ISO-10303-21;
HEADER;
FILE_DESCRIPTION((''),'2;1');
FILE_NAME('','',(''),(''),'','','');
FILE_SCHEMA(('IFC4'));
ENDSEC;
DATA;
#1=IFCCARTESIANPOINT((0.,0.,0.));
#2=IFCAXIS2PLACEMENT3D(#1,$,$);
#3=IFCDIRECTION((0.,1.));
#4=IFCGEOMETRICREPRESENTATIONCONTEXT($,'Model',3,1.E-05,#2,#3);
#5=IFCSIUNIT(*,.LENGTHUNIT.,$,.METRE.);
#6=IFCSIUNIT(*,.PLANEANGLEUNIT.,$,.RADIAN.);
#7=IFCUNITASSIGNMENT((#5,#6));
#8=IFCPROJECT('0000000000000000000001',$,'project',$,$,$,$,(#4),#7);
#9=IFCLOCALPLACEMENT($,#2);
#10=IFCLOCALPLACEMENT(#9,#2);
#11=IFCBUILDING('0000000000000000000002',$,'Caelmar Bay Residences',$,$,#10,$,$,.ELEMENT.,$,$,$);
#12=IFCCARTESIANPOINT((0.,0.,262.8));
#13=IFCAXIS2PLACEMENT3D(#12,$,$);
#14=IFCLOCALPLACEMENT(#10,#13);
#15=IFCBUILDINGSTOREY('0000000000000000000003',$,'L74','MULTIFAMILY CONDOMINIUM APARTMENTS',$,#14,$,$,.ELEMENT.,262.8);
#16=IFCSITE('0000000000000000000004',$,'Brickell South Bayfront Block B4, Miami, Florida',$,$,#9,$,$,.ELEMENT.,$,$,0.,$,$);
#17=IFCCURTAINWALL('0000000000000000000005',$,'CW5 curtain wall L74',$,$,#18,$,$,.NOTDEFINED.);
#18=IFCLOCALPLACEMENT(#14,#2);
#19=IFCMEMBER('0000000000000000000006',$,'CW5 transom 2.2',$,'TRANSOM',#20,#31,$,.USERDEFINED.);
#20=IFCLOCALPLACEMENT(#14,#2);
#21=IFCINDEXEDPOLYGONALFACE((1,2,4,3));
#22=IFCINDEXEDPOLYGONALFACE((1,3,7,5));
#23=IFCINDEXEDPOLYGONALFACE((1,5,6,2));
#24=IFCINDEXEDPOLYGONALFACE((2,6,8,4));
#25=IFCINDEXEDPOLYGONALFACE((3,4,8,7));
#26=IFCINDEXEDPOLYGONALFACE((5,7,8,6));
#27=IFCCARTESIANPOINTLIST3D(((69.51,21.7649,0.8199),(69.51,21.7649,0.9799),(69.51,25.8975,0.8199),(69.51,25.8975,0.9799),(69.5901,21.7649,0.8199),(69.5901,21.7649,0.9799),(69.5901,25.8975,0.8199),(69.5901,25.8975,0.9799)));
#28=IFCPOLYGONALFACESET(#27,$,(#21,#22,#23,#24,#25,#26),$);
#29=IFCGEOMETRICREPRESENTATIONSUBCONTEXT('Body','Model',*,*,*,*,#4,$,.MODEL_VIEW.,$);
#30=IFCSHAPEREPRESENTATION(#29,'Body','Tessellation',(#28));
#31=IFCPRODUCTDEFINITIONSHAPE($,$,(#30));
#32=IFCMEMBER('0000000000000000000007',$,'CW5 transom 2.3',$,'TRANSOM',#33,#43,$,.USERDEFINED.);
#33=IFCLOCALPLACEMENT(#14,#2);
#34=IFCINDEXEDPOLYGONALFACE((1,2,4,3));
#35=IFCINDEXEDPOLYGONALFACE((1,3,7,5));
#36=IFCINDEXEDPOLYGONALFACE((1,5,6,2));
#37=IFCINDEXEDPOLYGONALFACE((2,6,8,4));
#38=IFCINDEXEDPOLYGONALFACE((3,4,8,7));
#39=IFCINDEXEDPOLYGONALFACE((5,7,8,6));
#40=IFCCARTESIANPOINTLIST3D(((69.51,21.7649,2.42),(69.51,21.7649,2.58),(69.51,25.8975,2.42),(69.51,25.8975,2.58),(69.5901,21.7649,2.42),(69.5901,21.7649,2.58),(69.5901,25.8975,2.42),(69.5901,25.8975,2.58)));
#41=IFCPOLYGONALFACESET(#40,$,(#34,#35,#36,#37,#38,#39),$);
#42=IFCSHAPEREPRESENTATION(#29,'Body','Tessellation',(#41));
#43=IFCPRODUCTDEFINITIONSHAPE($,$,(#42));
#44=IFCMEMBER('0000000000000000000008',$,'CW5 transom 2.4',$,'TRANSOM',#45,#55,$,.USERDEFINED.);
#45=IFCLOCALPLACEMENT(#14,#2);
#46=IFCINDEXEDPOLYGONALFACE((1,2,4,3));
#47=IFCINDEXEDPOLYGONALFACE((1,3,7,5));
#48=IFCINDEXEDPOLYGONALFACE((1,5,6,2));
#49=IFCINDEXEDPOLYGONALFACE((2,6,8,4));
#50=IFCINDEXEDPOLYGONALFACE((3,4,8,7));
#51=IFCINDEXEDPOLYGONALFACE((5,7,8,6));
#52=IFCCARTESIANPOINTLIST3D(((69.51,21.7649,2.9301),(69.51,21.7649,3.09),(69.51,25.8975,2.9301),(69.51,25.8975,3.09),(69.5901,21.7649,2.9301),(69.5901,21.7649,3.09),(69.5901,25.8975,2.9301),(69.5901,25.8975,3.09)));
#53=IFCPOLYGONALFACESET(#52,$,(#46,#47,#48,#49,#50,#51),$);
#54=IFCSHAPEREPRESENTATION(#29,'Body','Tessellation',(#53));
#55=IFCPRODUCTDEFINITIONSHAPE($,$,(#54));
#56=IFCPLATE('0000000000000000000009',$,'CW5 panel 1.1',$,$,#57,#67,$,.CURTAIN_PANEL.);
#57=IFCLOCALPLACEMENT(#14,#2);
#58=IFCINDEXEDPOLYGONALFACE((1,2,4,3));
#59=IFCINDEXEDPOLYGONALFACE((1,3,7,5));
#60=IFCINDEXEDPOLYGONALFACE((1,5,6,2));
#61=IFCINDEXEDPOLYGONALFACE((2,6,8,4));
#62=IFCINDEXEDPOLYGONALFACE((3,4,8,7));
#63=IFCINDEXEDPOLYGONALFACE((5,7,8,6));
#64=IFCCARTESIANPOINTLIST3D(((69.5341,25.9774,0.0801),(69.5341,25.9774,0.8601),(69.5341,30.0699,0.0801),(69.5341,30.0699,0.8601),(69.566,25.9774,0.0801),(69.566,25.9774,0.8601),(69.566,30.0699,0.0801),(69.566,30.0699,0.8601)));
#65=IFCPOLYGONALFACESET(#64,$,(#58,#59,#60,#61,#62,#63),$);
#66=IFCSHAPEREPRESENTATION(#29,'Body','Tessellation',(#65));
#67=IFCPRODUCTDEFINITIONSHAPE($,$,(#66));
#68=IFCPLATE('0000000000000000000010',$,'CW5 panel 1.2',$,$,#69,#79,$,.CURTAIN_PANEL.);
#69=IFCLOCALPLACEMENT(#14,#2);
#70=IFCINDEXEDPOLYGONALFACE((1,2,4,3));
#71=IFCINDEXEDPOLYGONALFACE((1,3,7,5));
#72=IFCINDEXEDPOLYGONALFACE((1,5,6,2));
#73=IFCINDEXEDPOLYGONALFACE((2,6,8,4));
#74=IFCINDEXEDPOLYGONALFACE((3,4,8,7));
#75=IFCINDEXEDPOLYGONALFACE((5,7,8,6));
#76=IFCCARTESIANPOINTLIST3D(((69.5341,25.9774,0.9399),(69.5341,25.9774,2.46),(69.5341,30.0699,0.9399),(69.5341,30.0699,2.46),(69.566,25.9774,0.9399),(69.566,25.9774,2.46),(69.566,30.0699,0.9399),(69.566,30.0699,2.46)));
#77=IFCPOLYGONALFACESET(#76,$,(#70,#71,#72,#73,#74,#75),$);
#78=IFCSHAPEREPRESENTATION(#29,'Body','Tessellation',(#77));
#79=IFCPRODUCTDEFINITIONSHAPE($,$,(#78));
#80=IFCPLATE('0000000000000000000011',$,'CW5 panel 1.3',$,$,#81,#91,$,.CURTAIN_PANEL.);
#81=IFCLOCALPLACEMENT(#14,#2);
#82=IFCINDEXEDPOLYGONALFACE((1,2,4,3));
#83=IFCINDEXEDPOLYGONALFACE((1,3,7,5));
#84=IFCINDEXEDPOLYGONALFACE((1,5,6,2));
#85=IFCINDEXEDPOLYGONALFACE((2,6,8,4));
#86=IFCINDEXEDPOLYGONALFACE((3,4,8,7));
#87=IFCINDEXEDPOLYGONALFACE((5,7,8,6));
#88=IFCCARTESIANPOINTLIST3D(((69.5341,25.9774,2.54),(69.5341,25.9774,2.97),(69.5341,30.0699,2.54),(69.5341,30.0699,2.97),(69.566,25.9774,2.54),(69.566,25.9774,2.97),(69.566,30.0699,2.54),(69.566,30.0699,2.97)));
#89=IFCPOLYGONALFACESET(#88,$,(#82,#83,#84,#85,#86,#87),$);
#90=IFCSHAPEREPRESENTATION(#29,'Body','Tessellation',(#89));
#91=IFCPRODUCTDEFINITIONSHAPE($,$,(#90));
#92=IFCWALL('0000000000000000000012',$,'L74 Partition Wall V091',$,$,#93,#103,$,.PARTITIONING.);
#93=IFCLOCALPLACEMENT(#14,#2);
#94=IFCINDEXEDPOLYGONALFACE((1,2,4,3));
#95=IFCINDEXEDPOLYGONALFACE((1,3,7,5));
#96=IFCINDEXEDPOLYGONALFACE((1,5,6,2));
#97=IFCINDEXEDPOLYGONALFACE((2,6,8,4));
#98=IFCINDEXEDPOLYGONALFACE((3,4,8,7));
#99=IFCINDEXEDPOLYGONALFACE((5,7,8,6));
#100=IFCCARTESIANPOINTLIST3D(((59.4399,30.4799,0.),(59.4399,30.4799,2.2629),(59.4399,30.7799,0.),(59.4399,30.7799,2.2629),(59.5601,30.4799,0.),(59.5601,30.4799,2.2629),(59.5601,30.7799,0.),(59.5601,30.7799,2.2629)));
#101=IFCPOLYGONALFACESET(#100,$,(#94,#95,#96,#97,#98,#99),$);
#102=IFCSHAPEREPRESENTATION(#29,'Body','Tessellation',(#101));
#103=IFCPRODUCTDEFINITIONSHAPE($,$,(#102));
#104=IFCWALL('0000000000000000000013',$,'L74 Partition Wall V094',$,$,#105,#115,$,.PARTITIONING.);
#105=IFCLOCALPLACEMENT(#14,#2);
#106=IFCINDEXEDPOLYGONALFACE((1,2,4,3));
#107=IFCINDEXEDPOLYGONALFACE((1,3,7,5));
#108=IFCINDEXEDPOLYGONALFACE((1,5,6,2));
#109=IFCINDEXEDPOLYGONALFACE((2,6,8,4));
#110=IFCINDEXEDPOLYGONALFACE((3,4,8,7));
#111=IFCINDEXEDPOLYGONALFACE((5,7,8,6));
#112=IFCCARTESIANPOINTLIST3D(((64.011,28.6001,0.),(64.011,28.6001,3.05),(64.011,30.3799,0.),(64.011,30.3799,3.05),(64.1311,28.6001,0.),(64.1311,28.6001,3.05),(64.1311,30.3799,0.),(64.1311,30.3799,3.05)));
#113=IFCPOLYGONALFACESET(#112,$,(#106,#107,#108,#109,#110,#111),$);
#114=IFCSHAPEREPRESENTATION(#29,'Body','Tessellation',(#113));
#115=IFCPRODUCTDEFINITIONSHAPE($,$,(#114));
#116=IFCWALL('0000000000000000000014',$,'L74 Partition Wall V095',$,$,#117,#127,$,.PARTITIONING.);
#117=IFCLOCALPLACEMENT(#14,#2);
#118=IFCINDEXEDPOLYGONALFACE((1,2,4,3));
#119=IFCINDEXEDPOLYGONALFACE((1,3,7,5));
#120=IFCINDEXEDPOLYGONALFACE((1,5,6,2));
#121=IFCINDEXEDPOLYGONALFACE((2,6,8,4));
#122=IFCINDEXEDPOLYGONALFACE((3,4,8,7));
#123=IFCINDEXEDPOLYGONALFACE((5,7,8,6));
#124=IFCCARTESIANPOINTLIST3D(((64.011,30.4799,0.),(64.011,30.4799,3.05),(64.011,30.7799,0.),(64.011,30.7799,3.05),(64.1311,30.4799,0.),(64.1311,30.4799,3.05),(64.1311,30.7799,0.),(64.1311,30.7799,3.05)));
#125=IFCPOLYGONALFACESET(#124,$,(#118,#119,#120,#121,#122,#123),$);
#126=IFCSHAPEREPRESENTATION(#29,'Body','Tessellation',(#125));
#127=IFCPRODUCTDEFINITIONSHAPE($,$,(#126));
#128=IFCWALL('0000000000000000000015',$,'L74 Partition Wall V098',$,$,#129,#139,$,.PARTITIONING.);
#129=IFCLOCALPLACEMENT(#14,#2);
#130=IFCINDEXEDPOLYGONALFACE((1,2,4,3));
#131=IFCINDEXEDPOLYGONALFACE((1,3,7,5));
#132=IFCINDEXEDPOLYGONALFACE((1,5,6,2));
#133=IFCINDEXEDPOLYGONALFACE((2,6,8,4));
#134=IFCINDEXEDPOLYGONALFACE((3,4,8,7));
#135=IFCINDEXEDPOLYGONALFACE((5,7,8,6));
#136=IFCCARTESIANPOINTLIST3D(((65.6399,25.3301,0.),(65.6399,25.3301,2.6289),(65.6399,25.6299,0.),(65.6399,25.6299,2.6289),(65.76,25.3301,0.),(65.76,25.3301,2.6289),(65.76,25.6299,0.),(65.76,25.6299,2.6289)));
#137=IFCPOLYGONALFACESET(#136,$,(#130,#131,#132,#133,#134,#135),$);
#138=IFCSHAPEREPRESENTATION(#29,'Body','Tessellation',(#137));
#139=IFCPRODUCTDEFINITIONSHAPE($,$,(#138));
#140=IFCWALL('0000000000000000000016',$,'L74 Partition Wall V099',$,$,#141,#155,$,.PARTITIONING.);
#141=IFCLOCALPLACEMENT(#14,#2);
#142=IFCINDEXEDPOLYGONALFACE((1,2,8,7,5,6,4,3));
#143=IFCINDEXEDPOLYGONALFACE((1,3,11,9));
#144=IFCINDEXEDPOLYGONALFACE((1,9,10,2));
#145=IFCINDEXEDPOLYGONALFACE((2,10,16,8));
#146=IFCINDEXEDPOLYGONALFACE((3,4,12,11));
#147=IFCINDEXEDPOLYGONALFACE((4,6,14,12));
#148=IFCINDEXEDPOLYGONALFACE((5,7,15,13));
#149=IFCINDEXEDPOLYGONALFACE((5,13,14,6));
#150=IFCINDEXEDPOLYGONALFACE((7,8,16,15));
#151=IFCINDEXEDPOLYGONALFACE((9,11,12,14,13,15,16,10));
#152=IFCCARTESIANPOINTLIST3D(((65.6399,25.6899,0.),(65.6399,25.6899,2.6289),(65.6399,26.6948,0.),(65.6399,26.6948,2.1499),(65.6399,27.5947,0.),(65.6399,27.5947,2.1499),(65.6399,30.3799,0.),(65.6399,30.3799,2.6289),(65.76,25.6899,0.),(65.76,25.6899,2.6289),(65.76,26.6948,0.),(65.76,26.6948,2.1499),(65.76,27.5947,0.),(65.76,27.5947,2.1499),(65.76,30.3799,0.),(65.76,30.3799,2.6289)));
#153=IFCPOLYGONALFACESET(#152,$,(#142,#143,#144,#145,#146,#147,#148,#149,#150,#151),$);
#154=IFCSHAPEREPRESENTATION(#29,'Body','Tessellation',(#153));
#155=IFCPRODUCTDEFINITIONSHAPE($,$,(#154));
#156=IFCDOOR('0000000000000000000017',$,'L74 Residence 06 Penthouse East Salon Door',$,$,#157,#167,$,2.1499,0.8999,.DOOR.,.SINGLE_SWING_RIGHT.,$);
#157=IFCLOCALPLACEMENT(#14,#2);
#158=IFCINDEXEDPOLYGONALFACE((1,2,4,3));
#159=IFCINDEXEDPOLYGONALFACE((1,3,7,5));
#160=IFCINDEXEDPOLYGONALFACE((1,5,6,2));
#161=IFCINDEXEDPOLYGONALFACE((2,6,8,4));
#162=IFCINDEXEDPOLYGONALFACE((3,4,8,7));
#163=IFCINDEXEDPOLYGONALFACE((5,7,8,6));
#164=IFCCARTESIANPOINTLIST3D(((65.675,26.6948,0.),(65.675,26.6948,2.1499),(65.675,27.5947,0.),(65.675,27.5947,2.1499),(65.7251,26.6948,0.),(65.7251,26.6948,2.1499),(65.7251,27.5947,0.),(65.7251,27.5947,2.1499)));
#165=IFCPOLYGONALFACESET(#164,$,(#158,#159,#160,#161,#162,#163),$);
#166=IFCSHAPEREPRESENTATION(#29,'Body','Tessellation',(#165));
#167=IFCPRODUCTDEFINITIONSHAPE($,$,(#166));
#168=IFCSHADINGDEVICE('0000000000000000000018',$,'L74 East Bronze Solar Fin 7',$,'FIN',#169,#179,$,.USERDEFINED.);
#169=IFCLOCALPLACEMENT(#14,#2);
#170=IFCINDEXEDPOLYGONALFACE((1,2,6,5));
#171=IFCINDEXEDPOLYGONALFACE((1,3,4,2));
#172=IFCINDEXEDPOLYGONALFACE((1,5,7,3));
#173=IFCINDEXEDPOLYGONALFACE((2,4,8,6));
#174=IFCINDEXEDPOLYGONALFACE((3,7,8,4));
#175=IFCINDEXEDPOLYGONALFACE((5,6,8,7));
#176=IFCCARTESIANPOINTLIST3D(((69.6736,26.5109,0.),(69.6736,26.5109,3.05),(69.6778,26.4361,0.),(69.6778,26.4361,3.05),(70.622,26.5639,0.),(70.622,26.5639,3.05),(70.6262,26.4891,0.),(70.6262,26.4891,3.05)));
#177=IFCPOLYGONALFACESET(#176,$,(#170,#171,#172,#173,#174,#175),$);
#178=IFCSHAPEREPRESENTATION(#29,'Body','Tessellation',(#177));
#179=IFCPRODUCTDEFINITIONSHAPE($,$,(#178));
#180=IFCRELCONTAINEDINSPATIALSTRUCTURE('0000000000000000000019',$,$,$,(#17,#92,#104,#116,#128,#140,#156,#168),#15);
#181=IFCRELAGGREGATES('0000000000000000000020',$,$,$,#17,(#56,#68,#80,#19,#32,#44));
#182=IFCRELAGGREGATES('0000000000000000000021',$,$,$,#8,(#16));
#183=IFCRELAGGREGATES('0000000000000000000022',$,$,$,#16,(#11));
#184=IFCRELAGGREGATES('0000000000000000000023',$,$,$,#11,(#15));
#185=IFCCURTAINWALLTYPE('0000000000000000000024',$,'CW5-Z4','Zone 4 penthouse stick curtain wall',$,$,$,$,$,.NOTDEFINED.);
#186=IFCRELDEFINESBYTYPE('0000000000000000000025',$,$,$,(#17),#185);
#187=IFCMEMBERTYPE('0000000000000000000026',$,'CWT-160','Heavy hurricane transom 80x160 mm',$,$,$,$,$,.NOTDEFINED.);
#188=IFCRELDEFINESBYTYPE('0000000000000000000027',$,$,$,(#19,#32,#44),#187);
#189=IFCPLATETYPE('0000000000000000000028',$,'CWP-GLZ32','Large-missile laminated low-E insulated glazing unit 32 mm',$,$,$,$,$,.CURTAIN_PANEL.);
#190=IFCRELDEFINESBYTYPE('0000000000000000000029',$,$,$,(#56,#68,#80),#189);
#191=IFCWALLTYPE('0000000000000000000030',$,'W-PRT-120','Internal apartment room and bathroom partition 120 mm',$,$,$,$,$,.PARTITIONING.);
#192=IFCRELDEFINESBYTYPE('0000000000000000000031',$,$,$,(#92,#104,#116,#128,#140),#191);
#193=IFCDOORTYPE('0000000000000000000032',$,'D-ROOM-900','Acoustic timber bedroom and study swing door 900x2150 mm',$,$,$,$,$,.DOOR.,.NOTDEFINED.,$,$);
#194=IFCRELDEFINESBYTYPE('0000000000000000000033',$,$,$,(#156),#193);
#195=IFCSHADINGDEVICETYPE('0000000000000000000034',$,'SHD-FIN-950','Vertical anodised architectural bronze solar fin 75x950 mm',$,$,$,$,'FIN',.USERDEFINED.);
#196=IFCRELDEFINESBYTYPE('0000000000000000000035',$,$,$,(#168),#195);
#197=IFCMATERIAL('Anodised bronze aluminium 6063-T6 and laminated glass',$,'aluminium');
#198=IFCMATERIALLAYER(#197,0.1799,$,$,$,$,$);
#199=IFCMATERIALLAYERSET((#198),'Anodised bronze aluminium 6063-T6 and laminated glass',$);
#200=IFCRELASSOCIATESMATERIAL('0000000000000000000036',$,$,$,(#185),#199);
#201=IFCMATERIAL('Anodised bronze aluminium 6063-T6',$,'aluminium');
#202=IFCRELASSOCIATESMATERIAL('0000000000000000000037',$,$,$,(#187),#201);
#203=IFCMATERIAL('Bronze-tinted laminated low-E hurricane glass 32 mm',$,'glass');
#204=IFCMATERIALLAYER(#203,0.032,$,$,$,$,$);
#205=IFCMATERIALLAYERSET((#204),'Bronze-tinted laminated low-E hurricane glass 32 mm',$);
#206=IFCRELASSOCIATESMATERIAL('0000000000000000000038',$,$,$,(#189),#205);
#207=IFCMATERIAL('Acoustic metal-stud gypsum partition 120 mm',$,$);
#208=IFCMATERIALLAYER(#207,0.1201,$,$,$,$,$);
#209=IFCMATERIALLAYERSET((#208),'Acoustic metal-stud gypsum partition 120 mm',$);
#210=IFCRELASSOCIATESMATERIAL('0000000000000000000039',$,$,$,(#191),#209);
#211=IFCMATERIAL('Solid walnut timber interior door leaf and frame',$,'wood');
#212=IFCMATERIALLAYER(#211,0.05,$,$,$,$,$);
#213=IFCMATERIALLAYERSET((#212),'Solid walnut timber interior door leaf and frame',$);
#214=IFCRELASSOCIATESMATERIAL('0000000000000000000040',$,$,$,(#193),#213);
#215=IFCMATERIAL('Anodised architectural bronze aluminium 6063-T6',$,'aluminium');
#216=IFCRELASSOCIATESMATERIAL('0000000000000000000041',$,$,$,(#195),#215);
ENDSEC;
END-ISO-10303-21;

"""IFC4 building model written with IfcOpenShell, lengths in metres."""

from ifc_helpers import new_model, si_unit, direction, frame, frame_2d, origin, origin_2d, place, context, subcontext, project, spatial, rectangle, extrude, material, layer, layer_set, material_profile, profile_set, type_object, element, fill, aggregate, save


model = new_model("IFC4")

# Units and contexts
model_context = context("Model", 3, precision=1e-05, world=origin(), true_north=direction((0.0, 1.0)))
body_context = subcontext(model_context, "Body", "Model", "MODEL_VIEW")
ifc_project = project(units=[si_unit("LENGTHUNIT", "METRE"), si_unit("PLANEANGLEUNIT", "RADIAN")], contexts=[model_context])

# Site, building, storey
site_placement = place(None, origin())
site = spatial("IfcSite", under=ifc_project, at=site_placement, Name="Brickell South Bayfront Block B4, Miami, Florida", CompositionType="ELEMENT", RefElevation=0.0)
building_placement = place(site_placement, origin())
building = spatial("IfcBuilding", under=site, at=building_placement, Name="Caelmar Bay Residences", CompositionType="ELEMENT")
storey_placement = place(building_placement, frame((0.0, 0.0, 262.8)))
storey = spatial("IfcBuildingStorey", under=building, at=storey_placement, Name="L74", Description="MULTIFAMILY CONDOMINIUM APARTMENTS", CompositionType="ELEMENT", Elevation=262.8)

# Curtain wall, members, plates
ifc_material_1 = material(Name="Anodised bronze aluminium 6063-T6 and laminated glass", Category="aluminium")
ifc_layer_1 = layer(ifc_material_1, 0.1799)
ifc_layer_set_1 = layer_set([ifc_layer_1], Name="Anodised bronze aluminium 6063-T6 and laminated glass")
curtain_wall_type = type_object("IfcCurtainWallType", Name="CW5-Z4", Description="Zone 4 penthouse stick curtain wall", PredefinedType="NOTDEFINED", material=ifc_layer_set_1)
curtain_wall_placement = place(storey_placement, origin())
curtain_wall = element("IfcCurtainWall", 1, at=curtain_wall_placement, inside=storey, type_object=curtain_wall_type, Name="CW5 curtain wall L74", PredefinedType="NOTDEFINED")
ifc_material_2 = material(Name="Anodised bronze aluminium 6063-T6", Category="aluminium")
ifc_material_profile_1 = material_profile(ifc_material_2, rectangle(XDim=0.0801, YDim=0.1599, at=origin_2d()), Name="CWT-80X160")
ifc_profile_set_1 = profile_set([ifc_material_profile_1], Name="Anodised bronze aluminium 6063-T6")
member_type_1 = type_object("IfcMemberType", Name="CWT-160", Description="Heavy hurricane transom 80x160 mm", PredefinedType="NOTDEFINED", material=ifc_profile_set_1)
member_1_placement = place(storey_placement, frame((69.55, 25.8975, 0.8999), z_axis=(0.0, -1.0, 0.0), x_axis=(1.0, 0.0, 0.0)))
member_1 = element("IfcMember", 2, at=member_1_placement, type_object=member_type_1, Name="CW5 transom 2.2", ObjectType="TRANSOM", PredefinedType="USERDEFINED", context=body_context, shape_type="SweptSolid", body=[
    extrude(rectangle(XDim=0.0801, YDim=0.1599, at=origin_2d()), origin(), (0.0, 0.0, 1.0), 4.1326),
])
member_2_placement = place(storey_placement, frame((69.55, 25.8975, 2.5), z_axis=(0.0, -1.0, 0.0), x_axis=(1.0, 0.0, 0.0)))
member_2 = element("IfcMember", 3, at=member_2_placement, type_object=member_type_1, Name="CW5 transom 2.3", ObjectType="TRANSOM", PredefinedType="USERDEFINED", context=body_context, shape_type="SweptSolid", body=[
    extrude(rectangle(XDim=0.0801, YDim=0.1599, at=origin_2d()), origin(), (0.0, 0.0, 1.0), 4.1326),
])
member_3_placement = place(storey_placement, frame((69.55, 25.8975, 3.01), z_axis=(0.0, -1.0, 0.0), x_axis=(1.0, 0.0, 0.0)))
member_3 = element("IfcMember", 4, at=member_3_placement, type_object=member_type_1, Name="CW5 transom 2.4", ObjectType="TRANSOM", PredefinedType="USERDEFINED", context=body_context, shape_type="SweptSolid", body=[
    extrude(rectangle(XDim=0.0801, YDim=0.1599, at=origin_2d()), origin(), (0.0, 0.0, 1.0), 4.1326),
])
ifc_material_3 = material(Name="Bronze-tinted laminated low-E hurricane glass 32 mm", Category="glass")
ifc_layer_2 = layer(ifc_material_3, 0.032)
ifc_layer_set_2 = layer_set([ifc_layer_2], Name="Bronze-tinted laminated low-E hurricane glass 32 mm")
plate_type = type_object("IfcPlateType", Name="CWP-GLZ32", Description="Large-missile laminated low-E insulated glazing unit 32 mm", PredefinedType="CURTAIN_PANEL", material=ifc_layer_set_2)
plate_1_placement = place(storey_placement, frame((69.55, 28.0237, 0.0801), z_axis=(0.0, 0.0, 1.0), x_axis=(0.0, -1.0, 0.0)))
plate_1 = element("IfcPlate", 5, at=plate_1_placement, type_object=plate_type, Name="CW5 panel 1.1", PredefinedType="CURTAIN_PANEL", context=body_context, shape_type="SweptSolid", body=[
    extrude(rectangle(XDim=4.0925, YDim=0.032, at=origin_2d()), origin(), (0.0, 0.0, 1.0), 0.78),
])
plate_2_placement = place(storey_placement, frame((69.55, 28.0237, 0.9399), z_axis=(0.0, 0.0, 1.0), x_axis=(0.0, -1.0, 0.0)))
plate_2 = element("IfcPlate", 6, at=plate_2_placement, type_object=plate_type, Name="CW5 panel 1.2", PredefinedType="CURTAIN_PANEL", context=body_context, shape_type="SweptSolid", body=[
    extrude(rectangle(XDim=4.0925, YDim=0.032, at=origin_2d()), origin(), (0.0, 0.0, 1.0), 1.52),
])
plate_3_placement = place(storey_placement, frame((69.55, 28.0237, 2.54), z_axis=(0.0, 0.0, 1.0), x_axis=(0.0, -1.0, 0.0)))
plate_3 = element("IfcPlate", 7, at=plate_3_placement, type_object=plate_type, Name="CW5 panel 1.3", PredefinedType="CURTAIN_PANEL", context=body_context, shape_type="SweptSolid", body=[
    extrude(rectangle(XDim=4.0925, YDim=0.032, at=origin_2d()), origin(), (0.0, 0.0, 1.0), 0.4299),
])
aggregate(curtain_wall, [plate_1, plate_2, plate_3, member_1, member_2, member_3])

# Walls
ifc_material_4 = material(Name="Acoustic metal-stud gypsum partition 120 mm")
ifc_layer_3 = layer(ifc_material_4, 0.1201)
ifc_layer_set_3 = layer_set([ifc_layer_3], Name="Acoustic metal-stud gypsum partition 120 mm")
wall_type = type_object("IfcWallType", Name="W-PRT-120", Description="Internal apartment room and bathroom partition 120 mm", PredefinedType="PARTITIONING", material=ifc_layer_set_3)
wall_1_placement = place(storey_placement, frame((59.5, 30.48, 0.0), z_axis=(0.0, 0.0, 1.0), x_axis=(0.0, 1.0, 0.0)))
element("IfcWall", 8, at=wall_1_placement, inside=storey, type_object=wall_type, Name="L74 Partition Wall V091", PredefinedType="PARTITIONING", context=body_context, shape_type="SweptSolid", body=[
    extrude(rectangle(XDim=0.3, YDim=0.1201, at=frame_2d((0.1499, 0.0))), origin(), (0.0, 0.0, 1.0), 2.2629),
])
wall_2_placement = place(storey_placement, frame((64.071, 28.6001, 0.0), z_axis=(0.0, 0.0, 1.0), x_axis=(0.0, 1.0, 0.0)))
element("IfcWall", 9, at=wall_2_placement, inside=storey, type_object=wall_type, Name="L74 Partition Wall V094", PredefinedType="PARTITIONING", context=body_context, shape_type="SweptSolid", body=[
    extrude(rectangle(XDim=1.7798, YDim=0.1201, at=frame_2d((0.8899, 0.0))), origin(), (0.0, 0.0, 1.0), 3.05),
])
wall_3_placement = place(storey_placement, frame((64.071, 30.48, 0.0), z_axis=(0.0, 0.0, 1.0), x_axis=(0.0, 1.0, 0.0)))
element("IfcWall", 10, at=wall_3_placement, inside=storey, type_object=wall_type, Name="L74 Partition Wall V095", PredefinedType="PARTITIONING", context=body_context, shape_type="SweptSolid", body=[
    extrude(rectangle(XDim=0.3, YDim=0.1201, at=frame_2d((0.1499, 0.0))), origin(), (0.0, 0.0, 1.0), 3.05),
])
wall_4_placement = place(storey_placement, frame((65.7, 25.3301, 0.0), z_axis=(0.0, 0.0, 1.0), x_axis=(0.0, 1.0, 0.0)))
element("IfcWall", 11, at=wall_4_placement, inside=storey, type_object=wall_type, Name="L74 Partition Wall V098", PredefinedType="PARTITIONING", context=body_context, shape_type="SweptSolid", body=[
    extrude(rectangle(XDim=0.2998, YDim=0.1201, at=frame_2d((0.1499, 0.0))), origin(), (0.0, 0.0, 1.0), 2.6289),
])

# Wall, opening, door
wall_5_placement = place(storey_placement, frame((65.7, 25.6899, 0.0), z_axis=(0.0, 0.0, 1.0), x_axis=(0.0, 1.0, 0.0)))
wall_5 = element("IfcWall", 12, at=wall_5_placement, inside=storey, type_object=wall_type, Name="L74 Partition Wall V099", PredefinedType="PARTITIONING", context=body_context, shape_type="SweptSolid", body=[
    extrude(rectangle(XDim=4.6899, YDim=0.1201, at=frame_2d((2.345, 0.0))), origin(), (0.0, 0.0, 1.0), 2.6289),
])
opening_placement = place(wall_5_placement, frame((1.0049, 0.0, 0.0)))
opening = element("IfcOpeningElement", 13, at=opening_placement, cuts=wall_5, PredefinedType="OPENING", context=body_context, shape_type="SweptSolid", body=[
    extrude(rectangle(XDim=0.8999, YDim=2.1499, at=frame_2d((0.45, 1.075))), frame((0.0, 0.0701, 0.0), z_axis=(0.0, -1.0, 0.0), x_axis=(1.0, 0.0, 0.0)), (0.0, 0.0, 1.0), 0.1401),
])
ifc_material_5 = material(Name="Solid walnut timber interior door leaf and frame", Category="wood")
ifc_layer_4 = layer(ifc_material_5, 0.05)
ifc_layer_set_4 = layer_set([ifc_layer_4], Name="Solid walnut timber interior door leaf and frame")
door_type = type_object("IfcDoorType", Name="D-ROOM-900", Description="Acoustic timber bedroom and study swing door 900x2150 mm", OperationType="NOTDEFINED", PredefinedType="DOOR", material=ifc_layer_set_4)
door_placement = place(opening_placement, origin())
door = element("IfcDoor", 14, at=door_placement, inside=storey, type_object=door_type, Name="L74 Residence 06 Penthouse East Salon Door", OperationType="SINGLE_SWING_RIGHT", OverallHeight=2.1499, OverallWidth=0.8999, PredefinedType="DOOR", context=body_context, shape_type="SweptSolid", body=[
    extrude(rectangle(XDim=0.8999, YDim=2.1499, at=frame_2d((0.45, 1.075))), frame((0.0, 0.0249, 0.0), z_axis=(0.0, -1.0, 0.0), x_axis=(1.0, 0.0, 0.0)), (0.0, 0.0, 1.0), 0.05),
])
fill(opening, door)

# Shading device
ifc_material_6 = material(Name="Anodised architectural bronze aluminium 6063-T6", Category="aluminium")
ifc_material_profile_2 = material_profile(ifc_material_6, rectangle(XDim=0.075, YDim=0.95, at=origin_2d()), Name="BRONZE-FIN-75X950")
ifc_profile_set_2 = profile_set([ifc_material_profile_2], Name="Anodised architectural bronze aluminium 6063-T6")
shading_device_type = type_object("IfcShadingDeviceType", Name="SHD-FIN-950", Description="Vertical anodised architectural bronze solar fin 75x950 mm", ElementType="FIN", PredefinedType="USERDEFINED", material=ifc_profile_set_2)
for number, where, z_axis, x_axis, name in (
    (15, (70.1499, 26.5, 0.0), (0.0, 0.0, 1.0), (-0.055822, 0.998441, 0.0), "L74 East Bronze Solar Fin 7"),
):
    element("IfcShadingDevice", number, at=place(storey_placement, frame(where, z_axis=z_axis, x_axis=x_axis)), inside=storey, type_object=shading_device_type, Name=name, ObjectType="FIN", PredefinedType="USERDEFINED", context=body_context, shape_type="SweptSolid", body=[
        extrude(rectangle(XDim=0.075, YDim=0.95, at=origin_2d()), origin(), (0.0, 0.0, 1.0), 3.05),
    ])

save(model, "model.ifc")
